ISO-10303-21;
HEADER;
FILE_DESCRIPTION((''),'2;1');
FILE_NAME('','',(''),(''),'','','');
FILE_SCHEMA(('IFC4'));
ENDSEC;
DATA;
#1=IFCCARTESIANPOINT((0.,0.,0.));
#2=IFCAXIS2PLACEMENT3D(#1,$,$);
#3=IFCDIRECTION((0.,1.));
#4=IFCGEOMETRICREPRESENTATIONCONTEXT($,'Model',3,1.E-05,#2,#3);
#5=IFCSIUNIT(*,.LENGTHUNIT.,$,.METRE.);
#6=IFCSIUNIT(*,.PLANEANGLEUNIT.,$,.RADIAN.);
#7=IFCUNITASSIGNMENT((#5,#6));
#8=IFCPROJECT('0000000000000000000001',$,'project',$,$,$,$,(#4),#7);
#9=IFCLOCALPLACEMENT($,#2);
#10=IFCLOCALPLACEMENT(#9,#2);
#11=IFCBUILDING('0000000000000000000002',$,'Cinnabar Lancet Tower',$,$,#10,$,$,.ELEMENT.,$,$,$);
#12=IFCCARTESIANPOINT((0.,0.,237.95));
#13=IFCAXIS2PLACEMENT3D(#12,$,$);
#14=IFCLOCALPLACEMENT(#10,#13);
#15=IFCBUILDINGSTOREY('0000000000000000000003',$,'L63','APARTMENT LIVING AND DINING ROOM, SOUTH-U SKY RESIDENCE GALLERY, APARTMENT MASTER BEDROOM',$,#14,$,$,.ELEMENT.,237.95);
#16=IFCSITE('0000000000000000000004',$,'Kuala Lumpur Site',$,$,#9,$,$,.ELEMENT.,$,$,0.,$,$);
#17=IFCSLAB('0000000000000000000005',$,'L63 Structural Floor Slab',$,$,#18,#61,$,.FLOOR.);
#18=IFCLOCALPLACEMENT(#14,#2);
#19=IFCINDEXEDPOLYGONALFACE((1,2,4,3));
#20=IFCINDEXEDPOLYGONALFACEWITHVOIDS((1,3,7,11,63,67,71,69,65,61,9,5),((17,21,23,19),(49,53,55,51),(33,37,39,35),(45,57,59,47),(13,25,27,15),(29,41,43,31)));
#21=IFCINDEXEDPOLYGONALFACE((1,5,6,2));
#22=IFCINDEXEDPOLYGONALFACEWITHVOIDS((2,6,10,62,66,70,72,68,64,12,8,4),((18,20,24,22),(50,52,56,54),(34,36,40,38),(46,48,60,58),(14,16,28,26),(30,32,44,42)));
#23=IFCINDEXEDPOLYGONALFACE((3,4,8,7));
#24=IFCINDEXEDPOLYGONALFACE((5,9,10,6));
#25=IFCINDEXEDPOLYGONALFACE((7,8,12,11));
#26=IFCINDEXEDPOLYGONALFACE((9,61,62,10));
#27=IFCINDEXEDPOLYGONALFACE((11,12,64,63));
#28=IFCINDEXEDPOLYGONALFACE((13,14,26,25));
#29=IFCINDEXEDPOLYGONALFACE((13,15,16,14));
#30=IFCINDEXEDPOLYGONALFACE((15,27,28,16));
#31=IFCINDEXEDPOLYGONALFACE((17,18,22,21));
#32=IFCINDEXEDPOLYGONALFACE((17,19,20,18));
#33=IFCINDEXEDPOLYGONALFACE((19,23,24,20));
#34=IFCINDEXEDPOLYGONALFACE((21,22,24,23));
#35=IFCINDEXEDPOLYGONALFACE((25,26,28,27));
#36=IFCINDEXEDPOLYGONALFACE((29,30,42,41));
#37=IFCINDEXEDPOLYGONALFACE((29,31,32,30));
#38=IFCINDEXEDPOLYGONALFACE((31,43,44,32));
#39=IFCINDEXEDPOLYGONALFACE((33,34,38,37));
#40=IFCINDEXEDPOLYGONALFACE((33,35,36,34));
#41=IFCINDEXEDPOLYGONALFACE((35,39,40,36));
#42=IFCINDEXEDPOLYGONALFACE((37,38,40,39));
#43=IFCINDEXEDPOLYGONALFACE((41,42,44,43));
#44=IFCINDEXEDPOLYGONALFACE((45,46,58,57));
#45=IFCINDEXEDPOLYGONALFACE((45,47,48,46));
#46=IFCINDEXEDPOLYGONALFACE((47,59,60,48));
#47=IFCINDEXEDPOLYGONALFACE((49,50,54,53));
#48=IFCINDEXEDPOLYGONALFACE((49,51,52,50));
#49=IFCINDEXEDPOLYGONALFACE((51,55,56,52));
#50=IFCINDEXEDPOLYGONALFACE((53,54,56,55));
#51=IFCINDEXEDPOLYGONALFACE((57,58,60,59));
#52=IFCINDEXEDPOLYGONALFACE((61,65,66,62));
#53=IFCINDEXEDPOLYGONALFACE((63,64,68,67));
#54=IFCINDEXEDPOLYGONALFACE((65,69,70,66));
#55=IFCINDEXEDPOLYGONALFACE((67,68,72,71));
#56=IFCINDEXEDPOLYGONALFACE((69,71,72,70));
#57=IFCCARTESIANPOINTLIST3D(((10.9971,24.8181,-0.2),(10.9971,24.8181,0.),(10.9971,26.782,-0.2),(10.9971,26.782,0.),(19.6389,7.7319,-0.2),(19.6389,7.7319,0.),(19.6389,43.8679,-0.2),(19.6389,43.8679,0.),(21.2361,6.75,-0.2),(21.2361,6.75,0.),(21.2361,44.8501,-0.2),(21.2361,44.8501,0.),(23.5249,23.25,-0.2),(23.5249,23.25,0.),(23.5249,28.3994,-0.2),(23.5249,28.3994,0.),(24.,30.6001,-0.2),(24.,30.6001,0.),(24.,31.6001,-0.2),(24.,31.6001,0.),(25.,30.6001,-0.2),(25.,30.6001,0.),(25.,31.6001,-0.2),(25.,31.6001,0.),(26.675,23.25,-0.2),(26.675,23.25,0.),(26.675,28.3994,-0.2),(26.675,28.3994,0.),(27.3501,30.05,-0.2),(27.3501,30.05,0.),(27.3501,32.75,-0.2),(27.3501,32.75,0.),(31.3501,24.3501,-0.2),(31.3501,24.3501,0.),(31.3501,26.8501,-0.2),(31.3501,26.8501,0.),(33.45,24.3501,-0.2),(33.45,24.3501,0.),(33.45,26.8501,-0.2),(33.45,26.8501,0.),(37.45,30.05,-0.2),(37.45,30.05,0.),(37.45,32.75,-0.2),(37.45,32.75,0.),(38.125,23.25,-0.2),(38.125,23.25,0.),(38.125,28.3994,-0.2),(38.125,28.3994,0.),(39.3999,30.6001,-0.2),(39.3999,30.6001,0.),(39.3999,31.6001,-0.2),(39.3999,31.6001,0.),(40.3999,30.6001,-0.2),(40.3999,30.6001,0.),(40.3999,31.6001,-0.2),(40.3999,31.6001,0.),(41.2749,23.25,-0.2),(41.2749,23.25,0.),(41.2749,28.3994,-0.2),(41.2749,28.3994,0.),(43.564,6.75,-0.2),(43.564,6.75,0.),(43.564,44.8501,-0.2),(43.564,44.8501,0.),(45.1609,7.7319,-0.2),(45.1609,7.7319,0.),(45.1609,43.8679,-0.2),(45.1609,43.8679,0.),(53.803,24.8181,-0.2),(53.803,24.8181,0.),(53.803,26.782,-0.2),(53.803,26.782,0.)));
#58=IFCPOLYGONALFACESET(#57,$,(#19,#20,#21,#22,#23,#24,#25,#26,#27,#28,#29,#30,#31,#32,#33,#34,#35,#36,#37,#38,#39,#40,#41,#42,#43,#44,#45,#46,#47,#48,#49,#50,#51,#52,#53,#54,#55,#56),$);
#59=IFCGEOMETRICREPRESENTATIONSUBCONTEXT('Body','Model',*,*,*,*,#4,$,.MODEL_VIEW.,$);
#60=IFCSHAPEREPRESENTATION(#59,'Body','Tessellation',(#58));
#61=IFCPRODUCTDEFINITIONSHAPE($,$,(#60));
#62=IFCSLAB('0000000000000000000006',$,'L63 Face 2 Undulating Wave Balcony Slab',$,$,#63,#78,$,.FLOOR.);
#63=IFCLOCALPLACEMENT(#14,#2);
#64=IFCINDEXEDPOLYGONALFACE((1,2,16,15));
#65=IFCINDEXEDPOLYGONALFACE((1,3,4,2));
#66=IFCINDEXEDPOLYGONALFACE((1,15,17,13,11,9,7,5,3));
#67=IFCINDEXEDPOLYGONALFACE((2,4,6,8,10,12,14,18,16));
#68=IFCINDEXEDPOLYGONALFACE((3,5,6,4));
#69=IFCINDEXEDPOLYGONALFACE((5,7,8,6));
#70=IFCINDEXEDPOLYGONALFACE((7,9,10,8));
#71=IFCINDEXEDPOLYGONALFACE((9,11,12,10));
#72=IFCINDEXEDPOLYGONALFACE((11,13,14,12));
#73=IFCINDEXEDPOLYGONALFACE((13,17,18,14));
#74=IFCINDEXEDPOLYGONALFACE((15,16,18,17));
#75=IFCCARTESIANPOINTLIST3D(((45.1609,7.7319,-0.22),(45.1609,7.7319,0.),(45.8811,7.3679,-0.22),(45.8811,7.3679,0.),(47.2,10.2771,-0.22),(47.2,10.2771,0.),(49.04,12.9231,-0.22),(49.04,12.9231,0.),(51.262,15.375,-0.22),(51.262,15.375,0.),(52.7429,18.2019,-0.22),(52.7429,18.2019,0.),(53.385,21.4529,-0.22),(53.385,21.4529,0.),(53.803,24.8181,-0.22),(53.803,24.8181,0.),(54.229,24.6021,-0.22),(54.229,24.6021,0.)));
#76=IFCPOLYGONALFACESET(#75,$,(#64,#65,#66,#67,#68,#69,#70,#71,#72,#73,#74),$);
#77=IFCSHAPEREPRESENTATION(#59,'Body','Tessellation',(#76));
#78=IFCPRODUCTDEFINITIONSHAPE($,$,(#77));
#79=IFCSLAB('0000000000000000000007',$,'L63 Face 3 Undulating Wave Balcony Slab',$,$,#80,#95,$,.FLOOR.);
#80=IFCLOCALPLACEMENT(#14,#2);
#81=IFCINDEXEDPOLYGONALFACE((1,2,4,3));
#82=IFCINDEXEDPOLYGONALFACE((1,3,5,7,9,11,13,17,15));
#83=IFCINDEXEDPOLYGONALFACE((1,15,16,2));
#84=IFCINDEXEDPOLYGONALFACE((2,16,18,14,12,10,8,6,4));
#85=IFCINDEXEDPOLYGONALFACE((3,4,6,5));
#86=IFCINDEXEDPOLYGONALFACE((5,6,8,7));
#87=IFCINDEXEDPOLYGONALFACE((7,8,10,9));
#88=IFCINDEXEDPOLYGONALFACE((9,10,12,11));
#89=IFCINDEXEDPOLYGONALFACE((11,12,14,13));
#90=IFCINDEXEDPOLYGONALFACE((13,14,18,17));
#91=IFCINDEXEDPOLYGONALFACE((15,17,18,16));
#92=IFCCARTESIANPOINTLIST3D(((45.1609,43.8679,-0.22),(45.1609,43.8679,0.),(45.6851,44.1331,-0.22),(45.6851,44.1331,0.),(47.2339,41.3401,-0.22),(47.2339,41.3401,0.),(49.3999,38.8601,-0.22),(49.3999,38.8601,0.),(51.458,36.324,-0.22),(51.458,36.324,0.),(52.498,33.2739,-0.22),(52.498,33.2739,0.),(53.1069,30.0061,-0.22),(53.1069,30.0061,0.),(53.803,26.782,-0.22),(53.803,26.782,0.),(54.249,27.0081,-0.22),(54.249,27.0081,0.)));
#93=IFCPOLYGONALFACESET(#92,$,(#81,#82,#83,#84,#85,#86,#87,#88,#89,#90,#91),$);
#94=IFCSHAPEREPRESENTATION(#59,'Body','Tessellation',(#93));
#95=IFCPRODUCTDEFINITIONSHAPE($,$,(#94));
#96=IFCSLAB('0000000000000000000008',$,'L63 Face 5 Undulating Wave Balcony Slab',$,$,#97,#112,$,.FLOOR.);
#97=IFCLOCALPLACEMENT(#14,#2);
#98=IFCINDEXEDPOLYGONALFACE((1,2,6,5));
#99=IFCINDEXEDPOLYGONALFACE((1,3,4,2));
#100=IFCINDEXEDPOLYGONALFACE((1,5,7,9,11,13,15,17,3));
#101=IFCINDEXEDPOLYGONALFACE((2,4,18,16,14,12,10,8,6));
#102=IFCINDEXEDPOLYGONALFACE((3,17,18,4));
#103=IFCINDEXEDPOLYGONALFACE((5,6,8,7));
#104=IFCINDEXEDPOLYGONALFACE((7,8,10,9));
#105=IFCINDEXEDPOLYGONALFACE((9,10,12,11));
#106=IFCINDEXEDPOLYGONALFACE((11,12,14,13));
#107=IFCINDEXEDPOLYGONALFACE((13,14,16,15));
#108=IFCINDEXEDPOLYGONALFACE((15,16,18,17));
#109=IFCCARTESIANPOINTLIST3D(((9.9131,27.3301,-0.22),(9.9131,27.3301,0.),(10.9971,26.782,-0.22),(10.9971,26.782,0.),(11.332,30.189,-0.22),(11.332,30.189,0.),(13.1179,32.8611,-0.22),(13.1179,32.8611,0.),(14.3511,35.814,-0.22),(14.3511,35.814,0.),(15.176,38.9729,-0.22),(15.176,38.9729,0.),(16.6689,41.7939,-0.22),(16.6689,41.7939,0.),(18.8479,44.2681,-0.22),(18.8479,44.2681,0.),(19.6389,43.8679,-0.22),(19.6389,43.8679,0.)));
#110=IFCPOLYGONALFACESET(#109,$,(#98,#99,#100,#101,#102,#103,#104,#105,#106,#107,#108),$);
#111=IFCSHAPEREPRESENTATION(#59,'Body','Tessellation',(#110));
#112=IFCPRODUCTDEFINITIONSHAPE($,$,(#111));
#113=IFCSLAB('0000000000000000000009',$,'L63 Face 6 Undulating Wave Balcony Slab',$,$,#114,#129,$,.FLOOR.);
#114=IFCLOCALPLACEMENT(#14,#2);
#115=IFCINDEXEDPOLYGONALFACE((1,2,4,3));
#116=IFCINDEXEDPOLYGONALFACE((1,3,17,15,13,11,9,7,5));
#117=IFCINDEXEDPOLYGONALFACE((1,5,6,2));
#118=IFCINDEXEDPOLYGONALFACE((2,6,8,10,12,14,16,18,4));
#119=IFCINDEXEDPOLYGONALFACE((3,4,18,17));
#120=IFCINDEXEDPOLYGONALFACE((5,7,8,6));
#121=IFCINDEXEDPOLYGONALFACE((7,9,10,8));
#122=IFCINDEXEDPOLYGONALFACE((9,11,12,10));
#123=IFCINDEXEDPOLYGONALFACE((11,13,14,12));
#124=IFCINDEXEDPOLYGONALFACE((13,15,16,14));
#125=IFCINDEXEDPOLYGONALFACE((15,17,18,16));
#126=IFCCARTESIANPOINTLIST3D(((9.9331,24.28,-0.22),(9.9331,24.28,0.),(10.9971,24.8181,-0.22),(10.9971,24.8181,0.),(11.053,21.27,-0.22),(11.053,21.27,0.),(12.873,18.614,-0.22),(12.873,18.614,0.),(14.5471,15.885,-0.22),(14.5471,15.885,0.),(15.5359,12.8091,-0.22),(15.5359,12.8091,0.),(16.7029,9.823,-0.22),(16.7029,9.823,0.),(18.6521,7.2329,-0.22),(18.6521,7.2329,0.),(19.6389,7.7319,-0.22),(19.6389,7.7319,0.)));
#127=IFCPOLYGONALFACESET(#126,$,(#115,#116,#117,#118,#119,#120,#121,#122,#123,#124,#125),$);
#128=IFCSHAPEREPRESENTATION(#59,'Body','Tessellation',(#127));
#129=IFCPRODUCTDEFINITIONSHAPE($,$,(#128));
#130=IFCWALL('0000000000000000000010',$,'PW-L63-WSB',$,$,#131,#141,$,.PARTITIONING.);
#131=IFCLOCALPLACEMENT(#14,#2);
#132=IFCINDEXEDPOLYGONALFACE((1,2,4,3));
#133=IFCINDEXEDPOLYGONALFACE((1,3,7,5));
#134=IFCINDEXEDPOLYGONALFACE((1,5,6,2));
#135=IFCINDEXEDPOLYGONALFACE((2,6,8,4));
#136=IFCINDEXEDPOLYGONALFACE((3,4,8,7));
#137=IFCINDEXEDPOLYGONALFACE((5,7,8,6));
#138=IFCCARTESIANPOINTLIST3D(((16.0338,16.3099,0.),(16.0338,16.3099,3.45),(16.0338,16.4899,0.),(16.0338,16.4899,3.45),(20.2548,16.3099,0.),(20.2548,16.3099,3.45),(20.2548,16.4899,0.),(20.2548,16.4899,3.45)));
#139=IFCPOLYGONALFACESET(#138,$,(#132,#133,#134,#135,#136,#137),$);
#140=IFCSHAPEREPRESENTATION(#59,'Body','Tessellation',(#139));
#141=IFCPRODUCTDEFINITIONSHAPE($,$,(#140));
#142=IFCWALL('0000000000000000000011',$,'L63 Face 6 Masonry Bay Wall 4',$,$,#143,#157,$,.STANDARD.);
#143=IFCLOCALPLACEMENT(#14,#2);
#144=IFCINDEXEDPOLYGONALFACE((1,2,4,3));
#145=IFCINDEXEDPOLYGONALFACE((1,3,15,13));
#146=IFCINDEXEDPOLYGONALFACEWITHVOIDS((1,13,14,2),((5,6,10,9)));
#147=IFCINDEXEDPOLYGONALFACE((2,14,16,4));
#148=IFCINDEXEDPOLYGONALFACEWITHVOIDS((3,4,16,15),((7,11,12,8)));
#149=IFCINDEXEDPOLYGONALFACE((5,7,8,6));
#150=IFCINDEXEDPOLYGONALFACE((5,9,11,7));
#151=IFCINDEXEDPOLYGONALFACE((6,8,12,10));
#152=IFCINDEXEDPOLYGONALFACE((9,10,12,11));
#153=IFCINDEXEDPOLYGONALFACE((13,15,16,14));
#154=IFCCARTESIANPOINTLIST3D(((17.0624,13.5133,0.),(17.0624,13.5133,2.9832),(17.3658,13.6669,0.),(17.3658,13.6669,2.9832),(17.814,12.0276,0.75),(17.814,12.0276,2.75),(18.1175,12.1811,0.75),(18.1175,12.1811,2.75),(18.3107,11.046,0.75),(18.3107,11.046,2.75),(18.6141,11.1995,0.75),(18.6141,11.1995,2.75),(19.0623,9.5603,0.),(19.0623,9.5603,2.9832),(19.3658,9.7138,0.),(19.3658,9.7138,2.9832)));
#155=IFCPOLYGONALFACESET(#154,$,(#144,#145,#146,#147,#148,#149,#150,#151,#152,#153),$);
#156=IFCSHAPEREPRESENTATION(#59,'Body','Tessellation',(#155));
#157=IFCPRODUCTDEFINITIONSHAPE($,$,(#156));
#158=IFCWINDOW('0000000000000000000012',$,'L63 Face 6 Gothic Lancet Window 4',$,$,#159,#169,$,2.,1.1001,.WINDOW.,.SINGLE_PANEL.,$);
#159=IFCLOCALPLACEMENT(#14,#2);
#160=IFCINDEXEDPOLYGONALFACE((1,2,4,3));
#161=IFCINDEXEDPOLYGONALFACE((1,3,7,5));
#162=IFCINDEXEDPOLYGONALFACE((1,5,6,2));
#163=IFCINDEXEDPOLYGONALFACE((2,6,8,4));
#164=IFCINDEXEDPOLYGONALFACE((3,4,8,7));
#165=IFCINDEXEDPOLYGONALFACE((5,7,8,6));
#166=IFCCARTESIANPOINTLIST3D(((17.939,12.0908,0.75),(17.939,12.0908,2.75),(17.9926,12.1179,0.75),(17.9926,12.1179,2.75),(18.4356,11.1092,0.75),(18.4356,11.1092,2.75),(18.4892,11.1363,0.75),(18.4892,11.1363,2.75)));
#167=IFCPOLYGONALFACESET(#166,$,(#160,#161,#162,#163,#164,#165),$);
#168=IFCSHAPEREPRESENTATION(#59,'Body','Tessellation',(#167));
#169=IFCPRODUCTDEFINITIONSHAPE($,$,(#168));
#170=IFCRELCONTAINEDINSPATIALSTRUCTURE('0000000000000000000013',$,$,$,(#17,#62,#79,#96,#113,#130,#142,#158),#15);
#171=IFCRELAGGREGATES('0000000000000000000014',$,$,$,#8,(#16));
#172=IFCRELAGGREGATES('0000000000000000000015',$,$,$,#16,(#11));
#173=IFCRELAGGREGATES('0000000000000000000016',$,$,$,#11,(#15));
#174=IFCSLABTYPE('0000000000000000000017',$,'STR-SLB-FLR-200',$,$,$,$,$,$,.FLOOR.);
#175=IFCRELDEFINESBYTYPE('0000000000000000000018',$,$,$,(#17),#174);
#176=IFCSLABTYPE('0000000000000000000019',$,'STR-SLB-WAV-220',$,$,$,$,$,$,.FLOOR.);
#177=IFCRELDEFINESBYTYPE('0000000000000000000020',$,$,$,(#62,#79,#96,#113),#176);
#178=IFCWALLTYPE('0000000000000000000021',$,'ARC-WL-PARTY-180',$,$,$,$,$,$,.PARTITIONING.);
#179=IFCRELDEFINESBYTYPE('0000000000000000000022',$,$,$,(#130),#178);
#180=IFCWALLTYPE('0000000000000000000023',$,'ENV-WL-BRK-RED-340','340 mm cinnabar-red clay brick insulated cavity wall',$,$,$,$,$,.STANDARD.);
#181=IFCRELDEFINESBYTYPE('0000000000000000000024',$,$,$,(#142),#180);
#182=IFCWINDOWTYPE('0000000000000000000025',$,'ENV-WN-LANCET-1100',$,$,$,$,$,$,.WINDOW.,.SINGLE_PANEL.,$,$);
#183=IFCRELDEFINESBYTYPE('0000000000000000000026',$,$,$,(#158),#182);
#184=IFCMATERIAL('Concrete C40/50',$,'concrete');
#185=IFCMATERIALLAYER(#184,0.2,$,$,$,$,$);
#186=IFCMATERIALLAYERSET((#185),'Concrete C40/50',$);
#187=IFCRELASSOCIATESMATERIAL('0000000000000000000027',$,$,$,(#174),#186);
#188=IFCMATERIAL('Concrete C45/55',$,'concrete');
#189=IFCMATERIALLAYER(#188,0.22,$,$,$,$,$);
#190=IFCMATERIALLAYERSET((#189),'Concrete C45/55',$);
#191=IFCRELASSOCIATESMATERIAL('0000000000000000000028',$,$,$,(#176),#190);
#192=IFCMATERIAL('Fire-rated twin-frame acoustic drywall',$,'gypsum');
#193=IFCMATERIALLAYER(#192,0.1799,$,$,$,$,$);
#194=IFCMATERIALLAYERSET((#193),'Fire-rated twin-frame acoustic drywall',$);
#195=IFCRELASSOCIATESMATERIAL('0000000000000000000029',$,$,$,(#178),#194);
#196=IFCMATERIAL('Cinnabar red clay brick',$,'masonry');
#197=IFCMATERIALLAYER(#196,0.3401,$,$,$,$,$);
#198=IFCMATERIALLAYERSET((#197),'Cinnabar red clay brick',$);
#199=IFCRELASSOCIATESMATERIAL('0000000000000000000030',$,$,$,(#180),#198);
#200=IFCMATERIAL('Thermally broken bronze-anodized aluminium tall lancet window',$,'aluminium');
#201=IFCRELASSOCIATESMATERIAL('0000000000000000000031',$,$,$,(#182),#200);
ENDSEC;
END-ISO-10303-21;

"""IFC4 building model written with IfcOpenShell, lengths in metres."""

from ifc_helpers import new_model, si_unit, direction, frame, frame_2d, origin, place, context, subcontext, project, spatial, polyline, rectangle, outline, extrude, material, layer, layer_set, type_object, element, fill, save


model = new_model("IFC4")

# Units and contexts
model_context = context("Model", 3, precision=1e-05, world=origin(), true_north=direction((0.0, 1.0)))
body_context = subcontext(model_context, "Body", "Model", "MODEL_VIEW")
ifc_project = project(units=[si_unit("LENGTHUNIT", "METRE"), si_unit("PLANEANGLEUNIT", "RADIAN")], contexts=[model_context])

# Site, building, storey
site_placement = place(None, origin())
site = spatial("IfcSite", under=ifc_project, at=site_placement, Name="Kuala Lumpur Site", CompositionType="ELEMENT", RefElevation=0.0)
building_placement = place(site_placement, origin())
building = spatial("IfcBuilding", under=site, at=building_placement, Name="Cinnabar Lancet Tower", CompositionType="ELEMENT")
storey_placement = place(building_placement, frame((0.0, 0.0, 237.95)))
storey = spatial("IfcBuildingStorey", under=building, at=storey_placement, Name="L63", Description="APARTMENT LIVING AND DINING ROOM, SOUTH-U SKY RESIDENCE GALLERY, APARTMENT MASTER BEDROOM", CompositionType="ELEMENT", Elevation=237.95)

# Slabs
ifc_material_1 = material(Name="Concrete C40/50", Category="concrete")
ifc_layer_1 = layer(ifc_material_1, 0.2)
ifc_layer_set_1 = layer_set([ifc_layer_1], Name="Concrete C40/50")
slab_type_1 = type_object("IfcSlabType", Name="STR-SLB-FLR-200", PredefinedType="FLOOR", material=ifc_layer_set_1)
slab_1_placement = place(storey_placement, frame((0.0, 0.0, -0.2)))
element("IfcSlab", 1, at=slab_1_placement, inside=storey, type_object=slab_type_1, Name="L63 Structural Floor Slab", PredefinedType="FLOOR", context=body_context, shape_type="SweptSolid", body=[
    extrude(outline(polyline([(19.6389, 7.7319), (21.2361, 6.75), (43.564, 6.75), (45.1609, 7.7319), (53.803, 24.8181), (53.803, 26.782), (45.1609, 43.8679), (43.564, 44.8501), (21.2361, 44.8501), (19.6389, 43.8679), (10.9971, 26.782), (10.9971, 24.8181), (19.6389, 7.7319)]), holes=[polyline([(23.5249, 23.25), (26.675, 23.25), (26.675, 28.3994), (23.5249, 28.3994), (23.5249, 23.25)]), polyline([(38.125, 23.25), (41.2749, 23.25), (41.2749, 28.3994), (38.125, 28.3994), (38.125, 23.25)]), polyline([(27.3501, 30.05), (37.45, 30.05), (37.45, 32.75), (27.3501, 32.75), (27.3501, 30.05)]), polyline([(31.3501, 24.3501), (33.45, 24.3501), (33.45, 26.8501), (31.3501, 26.8501), (31.3501, 24.3501)]), polyline([(24.0, 30.6001), (25.0, 30.6001), (25.0, 31.6001), (24.0, 31.6001), (24.0, 30.6001)]), polyline([(39.3999, 30.6001), (40.3999, 30.6001), (40.3999, 31.6001), (39.3999, 31.6001), (39.3999, 30.6001)])]), origin(), (0.0, 0.0, 1.0), 0.2),
])
ifc_material_2 = material(Name="Concrete C45/55", Category="concrete")
ifc_layer_2 = layer(ifc_material_2, 0.22)
ifc_layer_set_2 = layer_set([ifc_layer_2], Name="Concrete C45/55")
slab_type_2 = type_object("IfcSlabType", Name="STR-SLB-WAV-220", PredefinedType="FLOOR", material=ifc_layer_set_2)
slab_2_placement = place(storey_placement, frame((0.0, 0.0, -0.22)))
element("IfcSlab", 2, at=slab_2_placement, inside=storey, type_object=slab_type_2, Name="L63 Face 2 Undulating Wave Balcony Slab", PredefinedType="FLOOR", context=body_context, shape_type="SweptSolid", body=[
    extrude(outline(polyline([(45.1609, 7.7319), (45.8811, 7.3679), (47.2, 10.2771), (49.04, 12.9231), (51.262, 15.375), (52.7429, 18.2019), (53.385, 21.4529), (54.229, 24.6021), (53.803, 24.8181), (45.1609, 7.7319)])), origin(), (0.0, 0.0, 1.0), 0.22),
])
slab_3_placement = place(storey_placement, frame((0.0, 0.0, -0.22)))
element("IfcSlab", 3, at=slab_3_placement, inside=storey, type_object=slab_type_2, Name="L63 Face 3 Undulating Wave Balcony Slab", PredefinedType="FLOOR", context=body_context, shape_type="SweptSolid", body=[
    extrude(outline(polyline([(53.803, 26.782), (54.249, 27.0081), (53.1069, 30.0061), (52.498, 33.2739), (51.458, 36.324), (49.3999, 38.8601), (47.2339, 41.3401), (45.6851, 44.1331), (45.1609, 43.8679), (53.803, 26.782)])), origin(), (0.0, 0.0, 1.0), 0.22),
])
slab_4_placement = place(storey_placement, frame((0.0, 0.0, -0.22)))
element("IfcSlab", 4, at=slab_4_placement, inside=storey, type_object=slab_type_2, Name="L63 Face 5 Undulating Wave Balcony Slab", PredefinedType="FLOOR", context=body_context, shape_type="SweptSolid", body=[
    extrude(outline(polyline([(19.6389, 43.8679), (18.8479, 44.2681), (16.6689, 41.7939), (15.176, 38.9729), (14.3511, 35.814), (13.1179, 32.8611), (11.332, 30.189), (9.9131, 27.3301), (10.9971, 26.782), (19.6389, 43.8679)])), origin(), (0.0, 0.0, 1.0), 0.22),
])
slab_5_placement = place(storey_placement, frame((0.0, 0.0, -0.22)))
element("IfcSlab", 5, at=slab_5_placement, inside=storey, type_object=slab_type_2, Name="L63 Face 6 Undulating Wave Balcony Slab", PredefinedType="FLOOR", context=body_context, shape_type="SweptSolid", body=[
    extrude(outline(polyline([(10.9971, 24.8181), (9.9331, 24.28), (11.053, 21.27), (12.873, 18.614), (14.5471, 15.885), (15.5359, 12.8091), (16.7029, 9.823), (18.6521, 7.2329), (19.6389, 7.7319), (10.9971, 24.8181)])), origin(), (0.0, 0.0, 1.0), 0.22),
])

# Wall
ifc_material_3 = material(Name="Fire-rated twin-frame acoustic drywall", Category="gypsum")
ifc_layer_3 = layer(ifc_material_3, 0.1799)
ifc_layer_set_3 = layer_set([ifc_layer_3], Name="Fire-rated twin-frame acoustic drywall")
wall_type_1 = type_object("IfcWallType", Name="ARC-WL-PARTY-180", PredefinedType="PARTITIONING", material=ifc_layer_set_3)
wall_1_placement = place(storey_placement, frame((16.0339, 16.3999, 0.0), z_axis=(0.0, 0.0, 1.0), x_axis=(1.0, 0.0, 0.0)))
element("IfcWall", 6, at=wall_1_placement, inside=storey, type_object=wall_type_1, Name="PW-L63-WSB", PredefinedType="PARTITIONING", context=body_context, shape_type="SweptSolid", body=[
    extrude(rectangle(XDim=4.2209, YDim=0.1799, at=frame_2d((2.1104, 0.0))), origin(), (0.0, 0.0, 1.0), 3.45),
])

# Wall, opening, window
ifc_material_4 = material(Name="Cinnabar red clay brick", Category="masonry")
ifc_layer_4 = layer(ifc_material_4, 0.3401)
ifc_layer_set_4 = layer_set([ifc_layer_4], Name="Cinnabar red clay brick")
wall_type_2 = type_object("IfcWallType", Name="ENV-WL-BRK-RED-340", Description="340 mm cinnabar-red clay brick insulated cavity wall", PredefinedType="STANDARD", material=ifc_layer_set_4)
wall_2_placement = place(storey_placement, frame((17.2141, 13.5901, 0.0), z_axis=(0.0, 0.0, 1.0), x_axis=(0.451441, -0.892301, 0.0)))
wall_2 = element("IfcWall", 7, at=wall_2_placement, inside=storey, type_object=wall_type_2, Name="L63 Face 6 Masonry Bay Wall 4", PredefinedType="STANDARD", context=body_context, shape_type="SweptSolid", body=[
    extrude(rectangle(XDim=4.4302, YDim=0.3401, at=frame_2d((2.2151, 0.0))), origin(), (0.0, 0.0, 1.0), 2.9832),
])
opening_placement = place(wall_2_placement, frame((1.665, 0.0, 0.75)))
opening = element("IfcOpeningElement", 8, at=opening_placement, cuts=wall_2, PredefinedType="OPENING", context=body_context, shape_type="SweptSolid", body=[
    extrude(rectangle(XDim=1.1001, YDim=2.0, at=frame_2d((0.55, 1.0))), frame((0.0, 0.1799, 0.0), z_axis=(0.0, -1.0, 0.0), x_axis=(1.0, 0.0, 0.0)), (0.0, 0.0, 1.0), 0.3601),
])
ifc_material_5 = material(Name="Thermally broken bronze-anodized aluminium tall lancet window", Category="aluminium")
window_type = type_object("IfcWindowType", Name="ENV-WN-LANCET-1100", PartitioningType="SINGLE_PANEL", PredefinedType="WINDOW", material=ifc_material_5)
window_placement = place(opening_placement, origin())
window = element("IfcWindow", 9, at=window_placement, inside=storey, type_object=window_type, Name="L63 Face 6 Gothic Lancet Window 4", OverallHeight=2.0, OverallWidth=1.1001, PartitioningType="SINGLE_PANEL", PredefinedType="WINDOW", context=body_context, shape_type="SweptSolid", body=[
    extrude(rectangle(XDim=1.1001, YDim=2.0, at=frame_2d((0.55, 1.0))), frame((0.0, 0.03, 0.0), z_axis=(0.0, -1.0, 0.0), x_axis=(1.0, 0.0, 0.0)), (0.0, 0.0, 1.0), 0.0601),
])
fill(opening, window)

save(model, "model.ifc")
